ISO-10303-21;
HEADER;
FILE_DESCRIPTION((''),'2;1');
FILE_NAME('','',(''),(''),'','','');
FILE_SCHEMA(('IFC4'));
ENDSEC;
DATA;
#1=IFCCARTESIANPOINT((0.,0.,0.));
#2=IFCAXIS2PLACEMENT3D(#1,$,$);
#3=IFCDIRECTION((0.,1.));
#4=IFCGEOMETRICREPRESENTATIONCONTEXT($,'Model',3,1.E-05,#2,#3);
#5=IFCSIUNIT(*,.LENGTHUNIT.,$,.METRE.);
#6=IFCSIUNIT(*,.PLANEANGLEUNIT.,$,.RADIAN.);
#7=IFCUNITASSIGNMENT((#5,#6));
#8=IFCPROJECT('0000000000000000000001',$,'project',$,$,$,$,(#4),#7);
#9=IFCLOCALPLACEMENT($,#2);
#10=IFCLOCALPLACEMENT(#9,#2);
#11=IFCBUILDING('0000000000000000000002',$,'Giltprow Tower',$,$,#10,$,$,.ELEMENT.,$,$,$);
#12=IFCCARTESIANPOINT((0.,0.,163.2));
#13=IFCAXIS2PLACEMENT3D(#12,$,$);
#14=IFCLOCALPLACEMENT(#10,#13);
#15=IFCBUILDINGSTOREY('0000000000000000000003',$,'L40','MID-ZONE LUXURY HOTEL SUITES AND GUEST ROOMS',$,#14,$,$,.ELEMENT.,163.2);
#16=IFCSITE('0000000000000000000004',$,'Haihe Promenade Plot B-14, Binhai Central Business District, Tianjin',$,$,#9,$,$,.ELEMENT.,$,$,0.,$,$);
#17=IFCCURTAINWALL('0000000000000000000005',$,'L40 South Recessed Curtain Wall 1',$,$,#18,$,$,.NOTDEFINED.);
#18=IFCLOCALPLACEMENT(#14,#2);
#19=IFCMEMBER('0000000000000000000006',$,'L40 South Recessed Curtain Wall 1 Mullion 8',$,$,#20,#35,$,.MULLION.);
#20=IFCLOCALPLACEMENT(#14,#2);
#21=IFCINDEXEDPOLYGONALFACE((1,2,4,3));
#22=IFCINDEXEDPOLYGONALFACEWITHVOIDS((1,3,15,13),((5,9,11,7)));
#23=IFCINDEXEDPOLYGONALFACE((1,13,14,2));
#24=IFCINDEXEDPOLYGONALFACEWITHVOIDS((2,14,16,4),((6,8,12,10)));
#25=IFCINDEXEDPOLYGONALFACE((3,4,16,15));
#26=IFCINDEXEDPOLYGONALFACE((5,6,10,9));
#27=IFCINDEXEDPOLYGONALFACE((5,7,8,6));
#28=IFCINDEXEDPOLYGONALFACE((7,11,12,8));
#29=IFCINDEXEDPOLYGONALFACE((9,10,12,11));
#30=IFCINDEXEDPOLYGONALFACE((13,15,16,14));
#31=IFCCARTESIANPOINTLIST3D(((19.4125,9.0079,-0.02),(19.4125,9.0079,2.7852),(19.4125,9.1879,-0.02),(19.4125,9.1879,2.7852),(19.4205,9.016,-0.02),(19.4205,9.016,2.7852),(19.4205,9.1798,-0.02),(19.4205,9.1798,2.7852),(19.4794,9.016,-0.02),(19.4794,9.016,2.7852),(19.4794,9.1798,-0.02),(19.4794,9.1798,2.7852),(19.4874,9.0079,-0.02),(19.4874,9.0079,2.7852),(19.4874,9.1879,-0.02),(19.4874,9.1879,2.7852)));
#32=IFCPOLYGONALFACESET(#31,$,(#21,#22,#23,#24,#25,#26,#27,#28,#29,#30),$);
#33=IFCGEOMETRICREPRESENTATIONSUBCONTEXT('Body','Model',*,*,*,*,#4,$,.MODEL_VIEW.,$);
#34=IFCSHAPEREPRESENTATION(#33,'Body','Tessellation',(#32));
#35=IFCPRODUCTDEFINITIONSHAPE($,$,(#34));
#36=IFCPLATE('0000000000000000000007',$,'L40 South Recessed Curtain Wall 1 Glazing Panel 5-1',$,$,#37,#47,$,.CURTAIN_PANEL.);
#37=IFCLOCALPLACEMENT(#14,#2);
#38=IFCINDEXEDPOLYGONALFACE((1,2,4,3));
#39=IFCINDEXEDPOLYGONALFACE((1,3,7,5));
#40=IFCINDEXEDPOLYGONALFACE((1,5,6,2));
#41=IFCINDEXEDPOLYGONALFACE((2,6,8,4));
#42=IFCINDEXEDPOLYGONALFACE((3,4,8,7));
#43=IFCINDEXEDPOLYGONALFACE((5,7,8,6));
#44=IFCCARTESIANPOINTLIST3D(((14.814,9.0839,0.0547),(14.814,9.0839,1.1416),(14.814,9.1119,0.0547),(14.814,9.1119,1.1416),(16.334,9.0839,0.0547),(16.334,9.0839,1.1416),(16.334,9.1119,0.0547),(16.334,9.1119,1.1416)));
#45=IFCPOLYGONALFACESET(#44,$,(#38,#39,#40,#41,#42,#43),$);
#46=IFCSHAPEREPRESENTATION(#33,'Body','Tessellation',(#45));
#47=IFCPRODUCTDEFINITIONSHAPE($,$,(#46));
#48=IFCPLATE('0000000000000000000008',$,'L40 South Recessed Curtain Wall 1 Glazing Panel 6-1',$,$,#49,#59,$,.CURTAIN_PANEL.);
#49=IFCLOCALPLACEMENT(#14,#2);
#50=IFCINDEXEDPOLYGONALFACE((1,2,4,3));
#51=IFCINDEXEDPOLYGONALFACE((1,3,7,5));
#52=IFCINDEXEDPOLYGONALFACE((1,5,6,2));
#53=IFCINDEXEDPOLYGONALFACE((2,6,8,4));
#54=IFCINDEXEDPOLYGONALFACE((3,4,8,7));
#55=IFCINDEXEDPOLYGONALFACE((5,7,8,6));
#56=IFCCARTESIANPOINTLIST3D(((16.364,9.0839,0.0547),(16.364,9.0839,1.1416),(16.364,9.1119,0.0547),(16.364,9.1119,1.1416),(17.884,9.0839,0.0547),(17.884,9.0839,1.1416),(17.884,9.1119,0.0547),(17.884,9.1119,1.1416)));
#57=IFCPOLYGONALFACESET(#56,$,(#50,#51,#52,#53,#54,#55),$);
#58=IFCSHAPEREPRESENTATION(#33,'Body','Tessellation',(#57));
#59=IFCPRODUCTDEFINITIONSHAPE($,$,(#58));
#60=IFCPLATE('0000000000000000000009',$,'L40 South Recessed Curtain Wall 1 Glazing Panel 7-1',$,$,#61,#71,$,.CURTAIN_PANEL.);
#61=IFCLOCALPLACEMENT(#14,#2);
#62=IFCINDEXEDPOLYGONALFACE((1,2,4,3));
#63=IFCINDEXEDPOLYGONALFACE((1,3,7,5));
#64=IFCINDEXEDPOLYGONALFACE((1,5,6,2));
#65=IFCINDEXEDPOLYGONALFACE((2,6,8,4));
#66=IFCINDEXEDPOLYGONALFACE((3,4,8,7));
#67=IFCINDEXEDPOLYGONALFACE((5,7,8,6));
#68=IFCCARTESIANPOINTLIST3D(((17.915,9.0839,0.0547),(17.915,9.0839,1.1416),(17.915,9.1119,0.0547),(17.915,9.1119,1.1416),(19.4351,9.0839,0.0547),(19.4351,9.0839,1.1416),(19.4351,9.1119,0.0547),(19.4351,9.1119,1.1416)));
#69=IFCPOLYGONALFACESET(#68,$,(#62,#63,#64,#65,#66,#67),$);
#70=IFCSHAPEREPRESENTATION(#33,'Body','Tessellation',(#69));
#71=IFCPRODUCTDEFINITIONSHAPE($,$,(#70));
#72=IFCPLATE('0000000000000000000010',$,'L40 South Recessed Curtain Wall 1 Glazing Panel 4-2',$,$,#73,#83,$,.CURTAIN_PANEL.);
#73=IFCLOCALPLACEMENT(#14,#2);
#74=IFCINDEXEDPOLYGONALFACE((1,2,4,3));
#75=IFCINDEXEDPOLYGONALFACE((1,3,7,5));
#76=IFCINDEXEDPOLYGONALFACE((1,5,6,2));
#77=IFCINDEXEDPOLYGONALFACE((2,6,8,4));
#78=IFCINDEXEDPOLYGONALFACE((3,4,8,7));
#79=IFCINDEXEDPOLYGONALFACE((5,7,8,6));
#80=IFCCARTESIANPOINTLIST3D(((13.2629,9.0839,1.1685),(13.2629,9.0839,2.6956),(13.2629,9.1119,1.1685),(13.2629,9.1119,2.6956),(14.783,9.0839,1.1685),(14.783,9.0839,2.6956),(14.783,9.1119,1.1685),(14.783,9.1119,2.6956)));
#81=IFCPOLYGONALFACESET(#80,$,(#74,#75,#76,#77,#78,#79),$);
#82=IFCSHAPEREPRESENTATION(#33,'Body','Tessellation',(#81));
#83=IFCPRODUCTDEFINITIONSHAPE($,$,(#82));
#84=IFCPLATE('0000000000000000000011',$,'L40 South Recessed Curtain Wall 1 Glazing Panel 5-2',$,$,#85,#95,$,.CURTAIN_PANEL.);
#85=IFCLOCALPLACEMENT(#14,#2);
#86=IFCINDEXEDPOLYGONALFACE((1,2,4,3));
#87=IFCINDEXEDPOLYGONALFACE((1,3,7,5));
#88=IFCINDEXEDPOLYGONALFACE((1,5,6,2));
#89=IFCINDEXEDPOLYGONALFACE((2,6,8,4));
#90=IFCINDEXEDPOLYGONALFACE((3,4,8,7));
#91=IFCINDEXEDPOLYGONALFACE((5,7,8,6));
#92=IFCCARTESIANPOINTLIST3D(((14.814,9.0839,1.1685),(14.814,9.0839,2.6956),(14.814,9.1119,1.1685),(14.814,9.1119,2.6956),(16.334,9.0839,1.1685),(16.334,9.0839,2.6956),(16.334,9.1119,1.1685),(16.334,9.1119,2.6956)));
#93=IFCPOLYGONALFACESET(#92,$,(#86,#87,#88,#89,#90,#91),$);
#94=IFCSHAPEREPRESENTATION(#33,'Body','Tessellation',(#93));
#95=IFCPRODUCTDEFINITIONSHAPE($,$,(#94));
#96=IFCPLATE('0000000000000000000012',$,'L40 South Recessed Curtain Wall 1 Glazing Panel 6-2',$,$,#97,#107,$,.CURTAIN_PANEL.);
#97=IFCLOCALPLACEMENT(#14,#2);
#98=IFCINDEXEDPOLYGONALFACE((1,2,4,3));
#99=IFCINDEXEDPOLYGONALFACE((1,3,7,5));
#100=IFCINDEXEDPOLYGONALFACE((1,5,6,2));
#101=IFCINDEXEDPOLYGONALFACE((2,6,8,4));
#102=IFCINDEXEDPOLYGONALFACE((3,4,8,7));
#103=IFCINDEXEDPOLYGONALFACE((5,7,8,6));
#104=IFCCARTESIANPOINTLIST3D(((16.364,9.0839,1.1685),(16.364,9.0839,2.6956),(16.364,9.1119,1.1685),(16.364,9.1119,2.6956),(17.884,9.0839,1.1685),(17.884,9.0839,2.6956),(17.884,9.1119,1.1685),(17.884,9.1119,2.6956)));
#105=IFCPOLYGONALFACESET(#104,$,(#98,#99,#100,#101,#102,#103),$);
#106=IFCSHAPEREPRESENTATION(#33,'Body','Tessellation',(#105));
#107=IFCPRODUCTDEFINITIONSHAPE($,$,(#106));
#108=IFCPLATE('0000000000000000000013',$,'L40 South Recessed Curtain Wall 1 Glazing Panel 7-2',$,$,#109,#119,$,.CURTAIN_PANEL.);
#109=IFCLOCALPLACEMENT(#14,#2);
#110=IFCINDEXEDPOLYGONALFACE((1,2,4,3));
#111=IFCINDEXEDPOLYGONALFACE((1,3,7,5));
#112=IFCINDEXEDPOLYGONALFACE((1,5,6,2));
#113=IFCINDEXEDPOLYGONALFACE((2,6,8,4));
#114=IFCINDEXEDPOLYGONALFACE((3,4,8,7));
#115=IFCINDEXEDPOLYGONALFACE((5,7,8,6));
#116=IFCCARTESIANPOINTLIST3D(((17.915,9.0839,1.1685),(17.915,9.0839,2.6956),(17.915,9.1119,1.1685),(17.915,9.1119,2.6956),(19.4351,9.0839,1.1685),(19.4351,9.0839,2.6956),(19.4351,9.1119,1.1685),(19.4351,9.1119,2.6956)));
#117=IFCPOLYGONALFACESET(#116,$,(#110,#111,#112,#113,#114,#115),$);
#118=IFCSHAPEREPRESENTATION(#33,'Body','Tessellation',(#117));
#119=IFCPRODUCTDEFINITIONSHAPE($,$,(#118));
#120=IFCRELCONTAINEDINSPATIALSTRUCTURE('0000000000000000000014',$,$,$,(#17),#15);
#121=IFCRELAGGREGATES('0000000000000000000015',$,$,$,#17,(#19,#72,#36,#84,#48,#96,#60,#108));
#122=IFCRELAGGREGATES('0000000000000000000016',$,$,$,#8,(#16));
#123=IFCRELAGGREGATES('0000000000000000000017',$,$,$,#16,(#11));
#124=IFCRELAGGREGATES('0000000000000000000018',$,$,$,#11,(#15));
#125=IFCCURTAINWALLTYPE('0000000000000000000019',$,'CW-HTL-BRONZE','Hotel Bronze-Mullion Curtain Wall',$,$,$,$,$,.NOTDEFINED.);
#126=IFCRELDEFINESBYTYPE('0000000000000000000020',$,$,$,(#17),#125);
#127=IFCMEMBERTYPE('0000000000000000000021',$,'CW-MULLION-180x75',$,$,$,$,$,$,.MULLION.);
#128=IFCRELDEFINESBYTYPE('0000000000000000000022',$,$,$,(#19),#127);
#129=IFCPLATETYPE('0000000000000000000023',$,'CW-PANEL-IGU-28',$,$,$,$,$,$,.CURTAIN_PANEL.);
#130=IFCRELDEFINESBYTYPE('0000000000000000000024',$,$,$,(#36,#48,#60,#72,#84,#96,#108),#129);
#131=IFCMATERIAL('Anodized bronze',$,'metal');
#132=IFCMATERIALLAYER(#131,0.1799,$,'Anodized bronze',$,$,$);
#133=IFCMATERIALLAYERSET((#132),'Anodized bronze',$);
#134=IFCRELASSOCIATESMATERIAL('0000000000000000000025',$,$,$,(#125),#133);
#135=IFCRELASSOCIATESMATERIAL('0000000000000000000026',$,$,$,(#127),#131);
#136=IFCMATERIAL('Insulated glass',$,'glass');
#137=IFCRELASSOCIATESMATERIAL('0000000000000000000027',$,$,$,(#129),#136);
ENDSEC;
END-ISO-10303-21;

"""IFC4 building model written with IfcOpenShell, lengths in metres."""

from ifc_helpers import new_model, si_unit, direction, frame, origin, origin_2d, place, context, subcontext, project, spatial, rectangle, hollow_rectangle, extrude, source, transform, mapped, material, layer, layer_set, material_profile, profile_set, type_object, element, aggregate, save


model = new_model("IFC4")

# Units and contexts
model_context = context("Model", 3, precision=1e-05, world=origin(), true_north=direction((0.0, 1.0)))
body_context = subcontext(model_context, "Body", "Model", "MODEL_VIEW")
ifc_project = project(units=[si_unit("LENGTHUNIT", "METRE"), si_unit("PLANEANGLEUNIT", "RADIAN")], contexts=[model_context])

# Site, building, storey
site_placement = place(None, origin())
site = spatial("IfcSite", under=ifc_project, at=site_placement, Name="Haihe Promenade Plot B-14, Binhai Central Business District, Tianjin", CompositionType="ELEMENT", RefElevation=0.0)
building_placement = place(site_placement, origin())
building = spatial("IfcBuilding", under=site, at=building_placement, Name="Giltprow Tower", CompositionType="ELEMENT")
storey_placement = place(building_placement, frame((0.0, 0.0, 163.2)))
storey = spatial("IfcBuildingStorey", under=building, at=storey_placement, Name="L40", Description="MID-ZONE LUXURY HOTEL SUITES AND GUEST ROOMS", CompositionType="ELEMENT", Elevation=163.2)

# Curtain wall, member, plates
ifc_material_1 = material(Name="Anodized bronze", Category="metal")
ifc_layer = layer(ifc_material_1, 0.1799, Name="Anodized bronze")
ifc_layer_set = layer_set([ifc_layer], Name="Anodized bronze")
curtain_wall_type = type_object("IfcCurtainWallType", Name="CW-HTL-BRONZE", Description="Hotel Bronze-Mullion Curtain Wall", PredefinedType="NOTDEFINED", material=ifc_layer_set)
curtain_wall_placement = place(storey_placement, origin())
curtain_wall = element("IfcCurtainWall", 1, at=curtain_wall_placement, inside=storey, type_object=curtain_wall_type, Name="L40 South Recessed Curtain Wall 1", PredefinedType="NOTDEFINED")
ifc_material_profile_1 = material_profile(ifc_material_1, hollow_rectangle(XDim=0.075, YDim=0.1799, WallThickness=0.0081, at=origin_2d()), Name="RHS 180x75x8")
ifc_profile_set_1 = profile_set([ifc_material_profile_1], Name="Anodized bronze")
member_type = type_object("IfcMemberType", Name="CW-MULLION-180x75", PredefinedType="MULLION", material=ifc_profile_set_1)
shared_shape_1 = source(origin(), body_context, "Body", "SweptSolid", [
    extrude(hollow_rectangle(XDim=0.075, YDim=0.1799, WallThickness=0.0081, at=origin_2d()), origin(), (0.0, 0.0, 1.0), 2.8052),
])
member_1_placement = place(storey_placement, frame((19.45, 9.0979, -0.02), z_axis=(0.0, 0.0, 1.0), x_axis=(1.0, 0.0, 0.0)))
member_1 = element("IfcMember", 2, at=member_1_placement, type_object=member_type, Name="L40 South Recessed Curtain Wall 1 Mullion 8", PredefinedType="MULLION", context=body_context, shape_type="MappedRepresentation", body=[
    mapped(shared_shape_1, transform((0.0, 0.0, 0.0), x_axis=(1.0, 0.0, 0.0), y_axis=(0.0, 1.0, 0.0), z_axis=(0.0, 0.0, 1.0), scale=1.0)),
])
ifc_material_2 = material(Name="Insulated glass", Category="glass")
plate_type = type_object("IfcPlateType", Name="CW-PANEL-IGU-28", PredefinedType="CURTAIN_PANEL", material=ifc_material_2)
shared_shape_2 = source(origin(), body_context, "Body", "SweptSolid", [
    extrude(rectangle(XDim=1.52, YDim=0.0281, at=origin_2d()), origin(), (0.0, 0.0, 1.0), 1.0869),
])
plate_1_placement = place(storey_placement, frame((15.574, 9.0979, 0.0547), z_axis=(0.0, 0.0, 1.0), x_axis=(1.0, 0.0, 0.0)))
plate_1 = element("IfcPlate", 3, at=plate_1_placement, type_object=plate_type, Name="L40 South Recessed Curtain Wall 1 Glazing Panel 5-1", PredefinedType="CURTAIN_PANEL", context=body_context, shape_type="MappedRepresentation", body=[
    mapped(shared_shape_2, transform((0.0, 0.0, 0.0), x_axis=(1.0, 0.0, 0.0), y_axis=(0.0, 1.0, 0.0), z_axis=(0.0, 0.0, 1.0), scale=1.0)),
])
plate_2_placement = place(storey_placement, frame((17.124, 9.0979, 0.0547), z_axis=(0.0, 0.0, 1.0), x_axis=(1.0, 0.0, 0.0)))
plate_2 = element("IfcPlate", 4, at=plate_2_placement, type_object=plate_type, Name="L40 South Recessed Curtain Wall 1 Glazing Panel 6-1", PredefinedType="CURTAIN_PANEL", context=body_context, shape_type="MappedRepresentation", body=[
    mapped(shared_shape_2, transform((0.0, 0.0, 0.0), x_axis=(1.0, 0.0, 0.0), y_axis=(0.0, 1.0, 0.0), z_axis=(0.0, 0.0, 1.0), scale=1.0)),
])
plate_3_placement = place(storey_placement, frame((18.675, 9.0979, 0.0547), z_axis=(0.0, 0.0, 1.0), x_axis=(1.0, 0.0, 0.0)))
plate_3 = element("IfcPlate", 5, at=plate_3_placement, type_object=plate_type, Name="L40 South Recessed Curtain Wall 1 Glazing Panel 7-1", PredefinedType="CURTAIN_PANEL", context=body_context, shape_type="MappedRepresentation", body=[
    mapped(shared_shape_2, transform((0.0, 0.0, 0.0), x_axis=(1.0, 0.0, 0.0), y_axis=(0.0, 1.0, 0.0), z_axis=(0.0, 0.0, 1.0), scale=1.0)),
])
shared_shape_3 = source(origin(), body_context, "Body", "SweptSolid", [
    extrude(rectangle(XDim=1.52, YDim=0.0281, at=origin_2d()), origin(), (0.0, 0.0, 1.0), 1.5271),
])
plate_4_placement = place(storey_placement, frame((14.0229, 9.0979, 1.1685), z_axis=(0.0, 0.0, 1.0), x_axis=(1.0, 0.0, 0.0)))
plate_4 = element("IfcPlate", 6, at=plate_4_placement, type_object=plate_type, Name="L40 South Recessed Curtain Wall 1 Glazing Panel 4-2", PredefinedType="CURTAIN_PANEL", context=body_context, shape_type="MappedRepresentation", body=[
    mapped(shared_shape_3, transform((0.0, 0.0, 0.0), x_axis=(1.0, 0.0, 0.0), y_axis=(0.0, 1.0, 0.0), z_axis=(0.0, 0.0, 1.0), scale=1.0)),
])
plate_5_placement = place(storey_placement, frame((15.574, 9.0979, 1.1685), z_axis=(0.0, 0.0, 1.0), x_axis=(1.0, 0.0, 0.0)))
plate_5 = element("IfcPlate", 7, at=plate_5_placement, type_object=plate_type, Name="L40 South Recessed Curtain Wall 1 Glazing Panel 5-2", PredefinedType="CURTAIN_PANEL", context=body_context, shape_type="MappedRepresentation", body=[
    mapped(shared_shape_3, transform((0.0, 0.0, 0.0), x_axis=(1.0, 0.0, 0.0), y_axis=(0.0, 1.0, 0.0), z_axis=(0.0, 0.0, 1.0), scale=1.0)),
])
plate_6_placement = place(storey_placement, frame((17.124, 9.0979, 1.1685), z_axis=(0.0, 0.0, 1.0), x_axis=(1.0, 0.0, 0.0)))
plate_6 = element("IfcPlate", 8, at=plate_6_placement, type_object=plate_type, Name="L40 South Recessed Curtain Wall 1 Glazing Panel 6-2", PredefinedType="CURTAIN_PANEL", context=body_context, shape_type="MappedRepresentation", body=[
    mapped(shared_shape_3, transform((0.0, 0.0, 0.0), x_axis=(1.0, 0.0, 0.0), y_axis=(0.0, 1.0, 0.0), z_axis=(0.0, 0.0, 1.0), scale=1.0)),
])
plate_7_placement = place(storey_placement, frame((18.675, 9.0979, 1.1685), z_axis=(0.0, 0.0, 1.0), x_axis=(1.0, 0.0, 0.0)))
plate_7 = element("IfcPlate", 9, at=plate_7_placement, type_object=plate_type, Name="L40 South Recessed Curtain Wall 1 Glazing Panel 7-2", PredefinedType="CURTAIN_PANEL", context=body_context, shape_type="MappedRepresentation", body=[
    mapped(shared_shape_3, transform((0.0, 0.0, 0.0), x_axis=(1.0, 0.0, 0.0), y_axis=(0.0, 1.0, 0.0), z_axis=(0.0, 0.0, 1.0), scale=1.0)),
])
aggregate(curtain_wall, [member_1, plate_4, plate_1, plate_5, plate_2, plate_6, plate_3, plate_7])

save(model, "model.ifc")
